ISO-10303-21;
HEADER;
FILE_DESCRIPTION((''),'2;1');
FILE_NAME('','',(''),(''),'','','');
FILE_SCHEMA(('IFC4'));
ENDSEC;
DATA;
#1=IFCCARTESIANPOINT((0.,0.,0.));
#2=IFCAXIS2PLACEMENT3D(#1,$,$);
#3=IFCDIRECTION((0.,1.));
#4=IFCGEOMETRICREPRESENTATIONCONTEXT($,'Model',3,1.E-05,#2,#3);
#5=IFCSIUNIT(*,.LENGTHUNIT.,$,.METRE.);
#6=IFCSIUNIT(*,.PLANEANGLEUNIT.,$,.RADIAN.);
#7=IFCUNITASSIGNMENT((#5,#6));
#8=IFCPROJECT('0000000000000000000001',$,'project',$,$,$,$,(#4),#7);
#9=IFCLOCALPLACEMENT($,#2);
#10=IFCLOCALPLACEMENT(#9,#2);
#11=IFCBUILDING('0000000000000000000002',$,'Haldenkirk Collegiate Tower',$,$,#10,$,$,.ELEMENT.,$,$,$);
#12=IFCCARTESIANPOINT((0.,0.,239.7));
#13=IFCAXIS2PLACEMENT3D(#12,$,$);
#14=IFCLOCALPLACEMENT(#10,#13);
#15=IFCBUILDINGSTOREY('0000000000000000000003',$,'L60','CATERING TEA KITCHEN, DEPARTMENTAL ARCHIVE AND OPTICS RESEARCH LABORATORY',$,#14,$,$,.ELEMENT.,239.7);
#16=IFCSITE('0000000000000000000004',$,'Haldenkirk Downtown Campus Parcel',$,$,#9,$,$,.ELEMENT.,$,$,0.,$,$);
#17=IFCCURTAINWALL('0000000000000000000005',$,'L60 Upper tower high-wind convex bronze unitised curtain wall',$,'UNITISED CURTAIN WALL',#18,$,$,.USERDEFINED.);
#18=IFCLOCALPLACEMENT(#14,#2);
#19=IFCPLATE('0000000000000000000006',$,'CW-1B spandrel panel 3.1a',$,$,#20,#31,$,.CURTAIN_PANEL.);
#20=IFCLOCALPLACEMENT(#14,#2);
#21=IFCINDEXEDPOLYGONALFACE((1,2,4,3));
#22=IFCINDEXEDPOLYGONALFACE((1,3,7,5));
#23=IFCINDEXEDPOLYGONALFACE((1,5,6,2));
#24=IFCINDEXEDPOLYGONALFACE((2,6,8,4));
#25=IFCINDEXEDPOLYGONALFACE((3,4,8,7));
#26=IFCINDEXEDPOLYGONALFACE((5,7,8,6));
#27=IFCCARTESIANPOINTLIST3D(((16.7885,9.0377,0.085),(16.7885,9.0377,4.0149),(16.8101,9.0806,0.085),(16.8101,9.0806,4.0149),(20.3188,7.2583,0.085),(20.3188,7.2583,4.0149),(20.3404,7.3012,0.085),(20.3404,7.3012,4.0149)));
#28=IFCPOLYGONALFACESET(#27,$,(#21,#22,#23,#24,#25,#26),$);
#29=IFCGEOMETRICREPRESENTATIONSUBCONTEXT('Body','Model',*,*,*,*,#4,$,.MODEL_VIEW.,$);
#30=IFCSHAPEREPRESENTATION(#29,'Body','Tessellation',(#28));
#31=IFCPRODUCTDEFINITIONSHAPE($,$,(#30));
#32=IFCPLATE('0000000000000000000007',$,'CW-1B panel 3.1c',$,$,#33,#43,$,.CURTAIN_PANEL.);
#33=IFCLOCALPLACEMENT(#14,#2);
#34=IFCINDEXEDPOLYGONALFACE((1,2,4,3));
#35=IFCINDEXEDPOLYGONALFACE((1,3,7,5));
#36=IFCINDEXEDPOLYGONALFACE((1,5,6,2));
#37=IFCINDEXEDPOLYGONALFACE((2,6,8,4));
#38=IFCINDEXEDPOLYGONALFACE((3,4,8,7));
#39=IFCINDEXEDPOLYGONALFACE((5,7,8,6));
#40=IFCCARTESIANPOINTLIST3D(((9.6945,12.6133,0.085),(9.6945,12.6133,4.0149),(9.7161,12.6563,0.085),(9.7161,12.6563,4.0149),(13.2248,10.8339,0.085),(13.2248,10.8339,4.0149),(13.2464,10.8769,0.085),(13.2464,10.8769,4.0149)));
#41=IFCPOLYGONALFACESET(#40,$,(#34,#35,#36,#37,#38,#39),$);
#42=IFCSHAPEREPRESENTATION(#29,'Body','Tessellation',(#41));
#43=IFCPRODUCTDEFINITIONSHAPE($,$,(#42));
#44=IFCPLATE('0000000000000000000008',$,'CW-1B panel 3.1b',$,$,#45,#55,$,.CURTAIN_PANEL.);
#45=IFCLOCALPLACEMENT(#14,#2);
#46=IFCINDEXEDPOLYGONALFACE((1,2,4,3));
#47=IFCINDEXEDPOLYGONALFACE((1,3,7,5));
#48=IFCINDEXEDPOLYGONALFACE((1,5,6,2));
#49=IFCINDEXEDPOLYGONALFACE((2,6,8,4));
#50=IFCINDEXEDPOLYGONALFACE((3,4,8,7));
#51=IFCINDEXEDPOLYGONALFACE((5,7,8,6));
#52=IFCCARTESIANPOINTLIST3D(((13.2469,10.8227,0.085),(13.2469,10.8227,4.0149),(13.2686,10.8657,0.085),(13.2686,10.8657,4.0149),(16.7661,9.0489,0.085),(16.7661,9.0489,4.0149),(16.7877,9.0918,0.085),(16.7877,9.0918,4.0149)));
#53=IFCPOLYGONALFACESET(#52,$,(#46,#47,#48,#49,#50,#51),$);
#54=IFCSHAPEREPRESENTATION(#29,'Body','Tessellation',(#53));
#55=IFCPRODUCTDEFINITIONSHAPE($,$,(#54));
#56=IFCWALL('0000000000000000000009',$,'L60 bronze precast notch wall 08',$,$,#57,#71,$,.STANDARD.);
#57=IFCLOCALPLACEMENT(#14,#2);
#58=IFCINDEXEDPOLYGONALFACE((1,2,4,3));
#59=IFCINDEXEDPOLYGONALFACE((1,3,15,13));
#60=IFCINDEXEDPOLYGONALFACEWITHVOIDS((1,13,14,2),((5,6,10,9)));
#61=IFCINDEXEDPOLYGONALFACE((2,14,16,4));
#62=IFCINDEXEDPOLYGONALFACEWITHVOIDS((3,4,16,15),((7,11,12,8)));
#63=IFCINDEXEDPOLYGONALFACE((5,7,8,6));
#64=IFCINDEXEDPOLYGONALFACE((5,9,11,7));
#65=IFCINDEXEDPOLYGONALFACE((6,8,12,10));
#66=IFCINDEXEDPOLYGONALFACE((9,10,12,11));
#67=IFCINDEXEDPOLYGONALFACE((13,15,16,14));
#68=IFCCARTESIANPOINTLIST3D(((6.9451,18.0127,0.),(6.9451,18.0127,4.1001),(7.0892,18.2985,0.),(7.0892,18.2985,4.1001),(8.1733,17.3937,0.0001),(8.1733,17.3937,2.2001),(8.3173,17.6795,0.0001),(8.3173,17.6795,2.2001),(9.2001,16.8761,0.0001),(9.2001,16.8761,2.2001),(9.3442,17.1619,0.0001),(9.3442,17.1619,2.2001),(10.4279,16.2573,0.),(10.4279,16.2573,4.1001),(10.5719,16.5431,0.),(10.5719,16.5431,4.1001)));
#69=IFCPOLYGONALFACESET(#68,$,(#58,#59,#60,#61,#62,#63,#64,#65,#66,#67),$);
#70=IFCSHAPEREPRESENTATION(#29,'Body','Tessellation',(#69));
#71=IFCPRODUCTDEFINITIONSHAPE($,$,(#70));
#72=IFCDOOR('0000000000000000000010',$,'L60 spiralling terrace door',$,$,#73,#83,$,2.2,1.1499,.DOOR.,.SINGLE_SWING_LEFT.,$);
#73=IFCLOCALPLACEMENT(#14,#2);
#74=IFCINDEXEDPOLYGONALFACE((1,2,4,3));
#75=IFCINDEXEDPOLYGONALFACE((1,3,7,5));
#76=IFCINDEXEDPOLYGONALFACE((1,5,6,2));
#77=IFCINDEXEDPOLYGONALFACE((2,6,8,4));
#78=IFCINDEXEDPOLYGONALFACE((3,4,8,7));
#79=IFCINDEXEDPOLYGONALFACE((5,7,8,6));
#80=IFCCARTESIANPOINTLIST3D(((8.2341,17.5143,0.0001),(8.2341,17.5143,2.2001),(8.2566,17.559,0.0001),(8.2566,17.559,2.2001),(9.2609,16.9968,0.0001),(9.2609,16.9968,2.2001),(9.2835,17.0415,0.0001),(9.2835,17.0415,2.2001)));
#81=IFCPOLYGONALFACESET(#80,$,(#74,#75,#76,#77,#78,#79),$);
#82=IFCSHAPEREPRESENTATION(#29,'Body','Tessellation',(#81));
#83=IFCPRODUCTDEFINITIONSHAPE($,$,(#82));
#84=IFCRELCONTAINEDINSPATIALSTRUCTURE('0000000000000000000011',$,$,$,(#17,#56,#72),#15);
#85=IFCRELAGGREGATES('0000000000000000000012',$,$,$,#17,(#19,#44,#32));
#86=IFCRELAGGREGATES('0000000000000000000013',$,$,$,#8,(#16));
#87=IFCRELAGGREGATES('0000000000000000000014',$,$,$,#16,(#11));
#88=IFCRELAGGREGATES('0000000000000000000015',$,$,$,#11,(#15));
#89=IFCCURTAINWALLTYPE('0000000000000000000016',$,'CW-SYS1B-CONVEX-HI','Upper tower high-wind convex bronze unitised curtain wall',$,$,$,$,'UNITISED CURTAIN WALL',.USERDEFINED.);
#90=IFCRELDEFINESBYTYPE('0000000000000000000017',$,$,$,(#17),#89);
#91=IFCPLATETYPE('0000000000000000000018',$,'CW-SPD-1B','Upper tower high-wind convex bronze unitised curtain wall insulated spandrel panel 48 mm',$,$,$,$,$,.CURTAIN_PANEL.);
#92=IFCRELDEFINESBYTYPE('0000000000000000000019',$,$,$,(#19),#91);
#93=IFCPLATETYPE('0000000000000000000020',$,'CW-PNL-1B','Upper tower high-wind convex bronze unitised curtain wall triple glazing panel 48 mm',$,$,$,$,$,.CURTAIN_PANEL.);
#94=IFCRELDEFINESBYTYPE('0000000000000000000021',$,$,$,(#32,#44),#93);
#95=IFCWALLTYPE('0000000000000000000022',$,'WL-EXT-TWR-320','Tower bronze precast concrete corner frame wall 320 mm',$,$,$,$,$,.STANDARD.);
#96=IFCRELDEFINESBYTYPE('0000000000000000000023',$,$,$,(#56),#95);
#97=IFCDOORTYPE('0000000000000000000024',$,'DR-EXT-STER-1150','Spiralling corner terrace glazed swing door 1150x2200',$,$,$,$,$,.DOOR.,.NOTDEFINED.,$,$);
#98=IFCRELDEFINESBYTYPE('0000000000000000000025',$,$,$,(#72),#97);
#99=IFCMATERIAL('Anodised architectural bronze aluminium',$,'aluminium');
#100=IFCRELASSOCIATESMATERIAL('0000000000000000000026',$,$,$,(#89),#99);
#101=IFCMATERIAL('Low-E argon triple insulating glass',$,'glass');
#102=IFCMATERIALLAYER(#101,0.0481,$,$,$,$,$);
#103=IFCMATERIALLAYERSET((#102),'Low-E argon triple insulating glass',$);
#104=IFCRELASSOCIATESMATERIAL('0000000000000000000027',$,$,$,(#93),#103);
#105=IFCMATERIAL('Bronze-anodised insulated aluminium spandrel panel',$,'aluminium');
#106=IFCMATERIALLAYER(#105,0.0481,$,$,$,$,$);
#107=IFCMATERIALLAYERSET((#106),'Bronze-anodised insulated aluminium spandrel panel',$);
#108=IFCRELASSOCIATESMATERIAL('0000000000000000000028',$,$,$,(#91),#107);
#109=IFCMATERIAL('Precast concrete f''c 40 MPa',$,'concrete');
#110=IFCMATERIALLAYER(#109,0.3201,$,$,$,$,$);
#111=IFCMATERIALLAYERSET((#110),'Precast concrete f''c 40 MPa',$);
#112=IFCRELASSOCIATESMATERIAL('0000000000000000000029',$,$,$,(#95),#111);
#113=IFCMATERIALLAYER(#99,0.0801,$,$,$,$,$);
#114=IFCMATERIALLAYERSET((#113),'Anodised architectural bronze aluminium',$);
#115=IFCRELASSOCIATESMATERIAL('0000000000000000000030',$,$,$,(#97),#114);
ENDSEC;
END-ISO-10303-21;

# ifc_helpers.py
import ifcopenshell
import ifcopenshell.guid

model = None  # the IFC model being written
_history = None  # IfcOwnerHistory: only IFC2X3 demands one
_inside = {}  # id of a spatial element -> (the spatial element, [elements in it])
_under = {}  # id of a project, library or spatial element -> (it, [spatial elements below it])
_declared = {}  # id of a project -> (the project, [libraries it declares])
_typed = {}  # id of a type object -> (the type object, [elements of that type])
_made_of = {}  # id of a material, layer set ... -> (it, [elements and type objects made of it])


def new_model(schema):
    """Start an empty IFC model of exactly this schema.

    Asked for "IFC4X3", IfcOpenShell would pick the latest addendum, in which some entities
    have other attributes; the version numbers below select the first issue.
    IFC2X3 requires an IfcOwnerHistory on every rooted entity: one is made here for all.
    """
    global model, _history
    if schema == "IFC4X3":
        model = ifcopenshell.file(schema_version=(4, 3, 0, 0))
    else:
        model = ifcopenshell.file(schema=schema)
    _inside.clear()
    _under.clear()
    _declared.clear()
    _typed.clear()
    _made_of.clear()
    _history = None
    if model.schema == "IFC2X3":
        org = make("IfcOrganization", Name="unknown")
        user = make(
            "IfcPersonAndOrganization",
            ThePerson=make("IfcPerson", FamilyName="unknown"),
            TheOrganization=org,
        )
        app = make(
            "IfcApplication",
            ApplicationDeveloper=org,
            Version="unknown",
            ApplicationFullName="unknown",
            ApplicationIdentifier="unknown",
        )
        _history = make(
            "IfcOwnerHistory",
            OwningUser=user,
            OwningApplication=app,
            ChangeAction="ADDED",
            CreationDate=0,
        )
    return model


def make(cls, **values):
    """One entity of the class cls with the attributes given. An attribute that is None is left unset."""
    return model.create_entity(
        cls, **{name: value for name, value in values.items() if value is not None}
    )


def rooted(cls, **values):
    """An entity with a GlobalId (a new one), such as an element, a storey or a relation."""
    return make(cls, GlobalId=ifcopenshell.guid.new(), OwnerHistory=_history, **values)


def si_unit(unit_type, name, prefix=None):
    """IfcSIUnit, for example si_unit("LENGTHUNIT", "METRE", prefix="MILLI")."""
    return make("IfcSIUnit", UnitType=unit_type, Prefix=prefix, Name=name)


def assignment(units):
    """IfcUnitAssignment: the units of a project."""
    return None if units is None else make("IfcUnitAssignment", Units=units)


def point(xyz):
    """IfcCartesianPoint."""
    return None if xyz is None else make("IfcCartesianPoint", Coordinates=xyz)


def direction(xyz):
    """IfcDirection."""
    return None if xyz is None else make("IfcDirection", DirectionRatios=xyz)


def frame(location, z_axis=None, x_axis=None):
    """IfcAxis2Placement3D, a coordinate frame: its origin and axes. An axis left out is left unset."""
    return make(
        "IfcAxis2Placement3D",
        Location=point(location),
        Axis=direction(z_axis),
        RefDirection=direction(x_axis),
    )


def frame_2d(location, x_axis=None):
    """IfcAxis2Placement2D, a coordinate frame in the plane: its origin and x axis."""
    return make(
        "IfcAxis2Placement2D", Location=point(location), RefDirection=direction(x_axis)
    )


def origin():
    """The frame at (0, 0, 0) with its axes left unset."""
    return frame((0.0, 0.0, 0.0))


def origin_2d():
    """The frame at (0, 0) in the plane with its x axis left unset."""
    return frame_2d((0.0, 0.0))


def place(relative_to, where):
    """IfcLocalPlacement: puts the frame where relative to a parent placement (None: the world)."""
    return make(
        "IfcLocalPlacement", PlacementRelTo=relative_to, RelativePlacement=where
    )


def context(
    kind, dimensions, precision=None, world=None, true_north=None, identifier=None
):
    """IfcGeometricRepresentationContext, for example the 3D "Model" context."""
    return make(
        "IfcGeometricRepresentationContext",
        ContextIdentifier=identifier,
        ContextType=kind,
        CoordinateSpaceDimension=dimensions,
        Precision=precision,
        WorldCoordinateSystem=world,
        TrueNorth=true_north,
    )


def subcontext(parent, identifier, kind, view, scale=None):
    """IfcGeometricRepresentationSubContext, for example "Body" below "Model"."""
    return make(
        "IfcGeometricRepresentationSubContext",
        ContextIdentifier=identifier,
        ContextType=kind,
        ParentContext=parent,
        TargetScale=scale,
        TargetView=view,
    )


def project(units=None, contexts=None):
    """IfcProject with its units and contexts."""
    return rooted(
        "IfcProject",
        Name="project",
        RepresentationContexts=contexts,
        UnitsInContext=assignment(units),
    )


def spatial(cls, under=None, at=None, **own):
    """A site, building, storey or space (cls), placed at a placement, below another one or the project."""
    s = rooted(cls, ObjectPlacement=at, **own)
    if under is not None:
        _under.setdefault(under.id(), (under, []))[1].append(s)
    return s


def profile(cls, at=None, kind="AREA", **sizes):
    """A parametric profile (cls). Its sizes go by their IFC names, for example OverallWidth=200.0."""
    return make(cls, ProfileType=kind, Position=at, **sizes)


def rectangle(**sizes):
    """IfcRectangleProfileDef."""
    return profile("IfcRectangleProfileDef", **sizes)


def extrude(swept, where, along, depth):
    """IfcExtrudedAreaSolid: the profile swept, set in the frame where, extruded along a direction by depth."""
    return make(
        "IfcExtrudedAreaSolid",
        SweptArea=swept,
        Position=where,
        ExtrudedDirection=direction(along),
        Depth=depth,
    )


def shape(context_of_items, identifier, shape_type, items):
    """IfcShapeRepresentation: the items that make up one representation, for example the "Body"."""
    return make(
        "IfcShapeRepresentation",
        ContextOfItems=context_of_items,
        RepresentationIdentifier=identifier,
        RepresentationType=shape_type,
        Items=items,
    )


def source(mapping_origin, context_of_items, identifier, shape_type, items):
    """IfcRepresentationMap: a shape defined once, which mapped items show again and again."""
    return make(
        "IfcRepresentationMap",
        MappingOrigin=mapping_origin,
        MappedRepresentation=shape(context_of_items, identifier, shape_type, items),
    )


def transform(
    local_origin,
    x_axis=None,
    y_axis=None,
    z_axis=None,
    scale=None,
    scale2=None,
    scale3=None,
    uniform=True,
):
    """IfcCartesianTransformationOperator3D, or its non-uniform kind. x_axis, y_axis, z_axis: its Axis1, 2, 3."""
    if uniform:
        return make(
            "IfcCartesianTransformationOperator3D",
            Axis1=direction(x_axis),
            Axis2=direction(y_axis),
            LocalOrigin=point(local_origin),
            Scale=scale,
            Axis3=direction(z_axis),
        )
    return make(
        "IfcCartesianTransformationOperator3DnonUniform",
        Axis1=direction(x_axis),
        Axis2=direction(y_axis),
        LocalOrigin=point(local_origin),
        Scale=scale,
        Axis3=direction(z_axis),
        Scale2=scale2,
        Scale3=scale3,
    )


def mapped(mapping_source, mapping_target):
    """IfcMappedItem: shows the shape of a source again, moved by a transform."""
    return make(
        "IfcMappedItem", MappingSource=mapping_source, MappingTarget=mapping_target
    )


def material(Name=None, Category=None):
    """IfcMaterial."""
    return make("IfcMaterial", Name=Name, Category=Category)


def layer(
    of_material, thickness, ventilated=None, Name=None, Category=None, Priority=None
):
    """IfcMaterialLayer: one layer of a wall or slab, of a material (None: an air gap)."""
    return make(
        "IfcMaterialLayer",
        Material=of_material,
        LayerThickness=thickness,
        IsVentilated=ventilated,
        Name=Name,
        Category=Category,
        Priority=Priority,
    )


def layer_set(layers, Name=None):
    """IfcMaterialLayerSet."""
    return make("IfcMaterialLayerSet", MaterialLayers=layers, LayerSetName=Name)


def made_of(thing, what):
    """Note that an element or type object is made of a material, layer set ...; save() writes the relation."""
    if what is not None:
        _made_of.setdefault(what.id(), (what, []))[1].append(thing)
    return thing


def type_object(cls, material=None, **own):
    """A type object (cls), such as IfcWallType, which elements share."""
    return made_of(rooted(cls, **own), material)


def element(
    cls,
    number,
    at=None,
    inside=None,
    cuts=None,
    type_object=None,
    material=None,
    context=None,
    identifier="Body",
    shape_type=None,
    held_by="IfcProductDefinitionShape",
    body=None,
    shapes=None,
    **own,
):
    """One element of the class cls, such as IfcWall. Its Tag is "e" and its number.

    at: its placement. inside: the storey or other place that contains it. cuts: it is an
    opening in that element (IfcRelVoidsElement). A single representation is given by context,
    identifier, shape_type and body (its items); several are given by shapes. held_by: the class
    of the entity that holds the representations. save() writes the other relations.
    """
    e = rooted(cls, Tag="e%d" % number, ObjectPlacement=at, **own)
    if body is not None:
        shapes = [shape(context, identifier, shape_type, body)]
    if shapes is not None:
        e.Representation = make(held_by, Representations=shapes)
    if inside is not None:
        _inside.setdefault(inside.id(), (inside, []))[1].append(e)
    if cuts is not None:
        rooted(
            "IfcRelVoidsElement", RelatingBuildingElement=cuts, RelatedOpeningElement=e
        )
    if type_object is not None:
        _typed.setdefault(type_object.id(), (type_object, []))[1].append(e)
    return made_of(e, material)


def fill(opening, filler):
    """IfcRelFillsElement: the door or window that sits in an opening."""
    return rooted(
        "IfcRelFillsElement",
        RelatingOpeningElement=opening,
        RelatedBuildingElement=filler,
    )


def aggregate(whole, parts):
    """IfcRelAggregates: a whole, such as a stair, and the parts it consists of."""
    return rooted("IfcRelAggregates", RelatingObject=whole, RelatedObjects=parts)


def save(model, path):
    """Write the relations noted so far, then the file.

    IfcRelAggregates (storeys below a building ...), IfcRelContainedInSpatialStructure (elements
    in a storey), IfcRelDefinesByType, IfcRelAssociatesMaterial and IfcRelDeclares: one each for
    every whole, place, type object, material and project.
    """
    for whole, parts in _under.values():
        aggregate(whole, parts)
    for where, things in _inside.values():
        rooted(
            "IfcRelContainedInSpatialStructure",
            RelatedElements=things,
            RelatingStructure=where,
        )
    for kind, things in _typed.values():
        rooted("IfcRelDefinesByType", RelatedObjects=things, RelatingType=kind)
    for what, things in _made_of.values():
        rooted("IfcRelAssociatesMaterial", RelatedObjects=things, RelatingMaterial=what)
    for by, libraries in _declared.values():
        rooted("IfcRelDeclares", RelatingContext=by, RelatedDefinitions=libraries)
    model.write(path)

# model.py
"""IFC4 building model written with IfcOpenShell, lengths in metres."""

from ifc_helpers import new_model, si_unit, direction, frame, frame_2d, origin, origin_2d, place, context, subcontext, project, spatial, rectangle, extrude, source, transform, mapped, material, layer, layer_set, type_object, element, fill, aggregate, save


model = new_model("IFC4")

# Units and contexts
model_context = context("Model", 3, precision=1e-05, world=origin(), true_north=direction((0.0, 1.0)))
body_context = subcontext(model_context, "Body", "Model", "MODEL_VIEW")
ifc_project = project(units=[si_unit("LENGTHUNIT", "METRE"), si_unit("PLANEANGLEUNIT", "RADIAN")], contexts=[model_context])

# Site, building, storey
site_placement = place(None, origin())
site = spatial("IfcSite", under=ifc_project, at=site_placement, Name="Haldenkirk Downtown Campus Parcel", CompositionType="ELEMENT", RefElevation=0.0)
building_placement = place(site_placement, origin())
building = spatial("IfcBuilding", under=site, at=building_placement, Name="Haldenkirk Collegiate Tower", CompositionType="ELEMENT")
storey_placement = place(building_placement, frame((0.0, 0.0, 239.7)))
storey = spatial("IfcBuildingStorey", under=building, at=storey_placement, Name="L60", Description="CATERING TEA KITCHEN, DEPARTMENTAL ARCHIVE AND OPTICS RESEARCH LABORATORY", CompositionType="ELEMENT", Elevation=239.7)

# Curtain wall, plates
ifc_material_1 = material(Name="Anodised architectural bronze aluminium", Category="aluminium")
curtain_wall_type = type_object("IfcCurtainWallType", Name="CW-SYS1B-CONVEX-HI", Description="Upper tower high-wind convex bronze unitised curtain wall", ElementType="UNITISED CURTAIN WALL", PredefinedType="USERDEFINED", material=ifc_material_1)
curtain_wall_placement = place(storey_placement, origin())
curtain_wall = element("IfcCurtainWall", 1, at=curtain_wall_placement, inside=storey, type_object=curtain_wall_type, Name="L60 Upper tower high-wind convex bronze unitised curtain wall", ObjectType="UNITISED CURTAIN WALL", PredefinedType="USERDEFINED")
ifc_material_2 = material(Name="Low-E argon triple insulating glass", Category="glass")
ifc_layer_1 = layer(ifc_material_2, 0.0481)
ifc_layer_set_1 = layer_set([ifc_layer_1], Name="Low-E argon triple insulating glass")
plate_type_1 = type_object("IfcPlateType", Name="CW-PNL-1B", Description="Upper tower high-wind convex bronze unitised curtain wall triple glazing panel 48 mm", PredefinedType="CURTAIN_PANEL", material=ifc_layer_set_1)
ifc_material_3 = material(Name="Bronze-anodised insulated aluminium spandrel panel", Category="aluminium")
ifc_layer_2 = layer(ifc_material_3, 0.0481)
ifc_layer_set_2 = layer_set([ifc_layer_2], Name="Bronze-anodised insulated aluminium spandrel panel")
plate_type_2 = type_object("IfcPlateType", Name="CW-SPD-1B", Description="Upper tower high-wind convex bronze unitised curtain wall insulated spandrel panel 48 mm", PredefinedType="CURTAIN_PANEL", material=ifc_layer_set_2)
shared_shape_1 = source(origin(), body_context, "Body", "SweptSolid", [
    extrude(rectangle(XDim=3.9534, YDim=0.0481, at=origin_2d()), origin(), (0.0, 0.0, 1.0), 3.9299),
])
plate_1_placement = place(storey_placement, frame((18.5645, 8.1694, 0.085), z_axis=(0.0, 0.0, 1.0), x_axis=(-0.892979, 0.450099, 0.0)))
plate_1 = element("IfcPlate", 2, at=plate_1_placement, type_object=plate_type_2, Name="CW-1B spandrel panel 3.1a", PredefinedType="CURTAIN_PANEL", context=body_context, shape_type="MappedRepresentation", body=[
    mapped(shared_shape_1, transform((0.0, 0.0, 0.0), x_axis=(1.0, 0.0, 0.0), y_axis=(0.0, 1.0, 0.0), z_axis=(0.0, 0.0, 1.0), scale=1.0)),
])
plate_2_placement = place(storey_placement, frame((11.4705, 11.7451, 0.085), z_axis=(0.0, 0.0, 1.0), x_axis=(-0.892979, 0.450099, 0.0)))
plate_2 = element("IfcPlate", 3, at=plate_2_placement, type_object=plate_type_1, Name="CW-1B panel 3.1c", PredefinedType="CURTAIN_PANEL", context=body_context, shape_type="MappedRepresentation", body=[
    mapped(shared_shape_1, transform((0.0, 0.0, 0.0), x_axis=(1.0, 0.0, 0.0), y_axis=(0.0, 1.0, 0.0), z_axis=(0.0, 0.0, 1.0), scale=1.0)),
])
shared_shape_2 = source(origin(), body_context, "Body", "SweptSolid", [
    extrude(rectangle(XDim=3.9409, YDim=0.0481, at=origin_2d()), origin(), (0.0, 0.0, 1.0), 3.9299),
])
plate_3_placement = place(storey_placement, frame((15.0173, 9.9573, 0.085), z_axis=(0.0, 0.0, 1.0), x_axis=(-0.892979, 0.450099, 0.0)))
plate_3 = element("IfcPlate", 4, at=plate_3_placement, type_object=plate_type_1, Name="CW-1B panel 3.1b", PredefinedType="CURTAIN_PANEL", context=body_context, shape_type="MappedRepresentation", body=[
    mapped(shared_shape_2, transform((0.0, 0.0, 0.0), x_axis=(1.0, 0.0, 0.0), y_axis=(0.0, 1.0, 0.0), z_axis=(0.0, 0.0, 1.0), scale=1.0)),
])
aggregate(curtain_wall, [plate_1, plate_3, plate_2])

# Wall, opening, door
ifc_material_4 = material(Name="Precast concrete f'c 40 MPa", Category="concrete")
ifc_layer_3 = layer(ifc_material_4, 0.3201)
ifc_layer_set_3 = layer_set([ifc_layer_3], Name="Precast concrete f'c 40 MPa")
wall_type_1 = type_object("IfcWallType", Name="WL-EXT-TWR-320", Description="Tower bronze precast concrete corner frame wall 320 mm", PredefinedType="STANDARD", material=ifc_layer_set_3)
wall_1_placement = place(storey_placement, frame((10.5, 16.4001, 0.0), z_axis=(0.0, 0.0, 1.0), x_axis=(-0.892983, 0.450091, 0.0)))
wall_1 = element("IfcWall", 5, at=wall_1_placement, inside=storey, type_object=wall_type_1, Name="L60 bronze precast notch wall 08", PredefinedType="STANDARD", context=body_context, shape_type="SweptSolid", body=[
    extrude(rectangle(XDim=3.9001, YDim=0.3201, at=frame_2d((1.9502, 0.0))), origin(), (0.0, 0.0, 1.0), 4.1001),
])
opening_1_placement = place(wall_1_placement, frame((1.375, 0.0, 0.0)))
opening_1 = element("IfcOpeningElement", 6, at=opening_1_placement, cuts=wall_1, PredefinedType="OPENING", context=body_context, shape_type="SweptSolid", body=[
    extrude(rectangle(XDim=1.1499, YDim=2.2, at=frame_2d((0.575, 1.1001))), frame((0.0, 0.1699, 0.0), z_axis=(0.0, -1.0, 0.0), x_axis=(1.0, 0.0, 0.0)), (0.0, 0.0, 1.0), 0.3401),
])
ifc_layer_4 = layer(ifc_material_1, 0.0801)
ifc_layer_set_4 = layer_set([ifc_layer_4], Name="Anodised architectural bronze aluminium")
door_type_1 = type_object("IfcDoorType", Name="DR-EXT-STER-1150", Description="Spiralling corner terrace glazed swing door 1150x2200", OperationType="NOTDEFINED", PredefinedType="DOOR", material=ifc_layer_set_4)
door_1_placement = place(opening_1_placement, origin())
door_1 = element("IfcDoor", 7, at=door_1_placement, inside=storey, type_object=door_type_1, Name="L60 spiralling terrace door", OperationType="SINGLE_SWING_LEFT", OverallHeight=2.2, OverallWidth=1.1499, PredefinedType="DOOR", context=body_context, shape_type="SweptSolid", body=[
    extrude(rectangle(XDim=1.1499, YDim=2.2, at=frame_2d((0.575, 1.1001))), frame((0.0, 0.0249, 0.0), z_axis=(0.0, -1.0, 0.0), x_axis=(1.0, 0.0, 0.0)), (0.0, 0.0, 1.0), 0.05),
])
fill(opening_1, door_1)

save(model, "model.ifc")
